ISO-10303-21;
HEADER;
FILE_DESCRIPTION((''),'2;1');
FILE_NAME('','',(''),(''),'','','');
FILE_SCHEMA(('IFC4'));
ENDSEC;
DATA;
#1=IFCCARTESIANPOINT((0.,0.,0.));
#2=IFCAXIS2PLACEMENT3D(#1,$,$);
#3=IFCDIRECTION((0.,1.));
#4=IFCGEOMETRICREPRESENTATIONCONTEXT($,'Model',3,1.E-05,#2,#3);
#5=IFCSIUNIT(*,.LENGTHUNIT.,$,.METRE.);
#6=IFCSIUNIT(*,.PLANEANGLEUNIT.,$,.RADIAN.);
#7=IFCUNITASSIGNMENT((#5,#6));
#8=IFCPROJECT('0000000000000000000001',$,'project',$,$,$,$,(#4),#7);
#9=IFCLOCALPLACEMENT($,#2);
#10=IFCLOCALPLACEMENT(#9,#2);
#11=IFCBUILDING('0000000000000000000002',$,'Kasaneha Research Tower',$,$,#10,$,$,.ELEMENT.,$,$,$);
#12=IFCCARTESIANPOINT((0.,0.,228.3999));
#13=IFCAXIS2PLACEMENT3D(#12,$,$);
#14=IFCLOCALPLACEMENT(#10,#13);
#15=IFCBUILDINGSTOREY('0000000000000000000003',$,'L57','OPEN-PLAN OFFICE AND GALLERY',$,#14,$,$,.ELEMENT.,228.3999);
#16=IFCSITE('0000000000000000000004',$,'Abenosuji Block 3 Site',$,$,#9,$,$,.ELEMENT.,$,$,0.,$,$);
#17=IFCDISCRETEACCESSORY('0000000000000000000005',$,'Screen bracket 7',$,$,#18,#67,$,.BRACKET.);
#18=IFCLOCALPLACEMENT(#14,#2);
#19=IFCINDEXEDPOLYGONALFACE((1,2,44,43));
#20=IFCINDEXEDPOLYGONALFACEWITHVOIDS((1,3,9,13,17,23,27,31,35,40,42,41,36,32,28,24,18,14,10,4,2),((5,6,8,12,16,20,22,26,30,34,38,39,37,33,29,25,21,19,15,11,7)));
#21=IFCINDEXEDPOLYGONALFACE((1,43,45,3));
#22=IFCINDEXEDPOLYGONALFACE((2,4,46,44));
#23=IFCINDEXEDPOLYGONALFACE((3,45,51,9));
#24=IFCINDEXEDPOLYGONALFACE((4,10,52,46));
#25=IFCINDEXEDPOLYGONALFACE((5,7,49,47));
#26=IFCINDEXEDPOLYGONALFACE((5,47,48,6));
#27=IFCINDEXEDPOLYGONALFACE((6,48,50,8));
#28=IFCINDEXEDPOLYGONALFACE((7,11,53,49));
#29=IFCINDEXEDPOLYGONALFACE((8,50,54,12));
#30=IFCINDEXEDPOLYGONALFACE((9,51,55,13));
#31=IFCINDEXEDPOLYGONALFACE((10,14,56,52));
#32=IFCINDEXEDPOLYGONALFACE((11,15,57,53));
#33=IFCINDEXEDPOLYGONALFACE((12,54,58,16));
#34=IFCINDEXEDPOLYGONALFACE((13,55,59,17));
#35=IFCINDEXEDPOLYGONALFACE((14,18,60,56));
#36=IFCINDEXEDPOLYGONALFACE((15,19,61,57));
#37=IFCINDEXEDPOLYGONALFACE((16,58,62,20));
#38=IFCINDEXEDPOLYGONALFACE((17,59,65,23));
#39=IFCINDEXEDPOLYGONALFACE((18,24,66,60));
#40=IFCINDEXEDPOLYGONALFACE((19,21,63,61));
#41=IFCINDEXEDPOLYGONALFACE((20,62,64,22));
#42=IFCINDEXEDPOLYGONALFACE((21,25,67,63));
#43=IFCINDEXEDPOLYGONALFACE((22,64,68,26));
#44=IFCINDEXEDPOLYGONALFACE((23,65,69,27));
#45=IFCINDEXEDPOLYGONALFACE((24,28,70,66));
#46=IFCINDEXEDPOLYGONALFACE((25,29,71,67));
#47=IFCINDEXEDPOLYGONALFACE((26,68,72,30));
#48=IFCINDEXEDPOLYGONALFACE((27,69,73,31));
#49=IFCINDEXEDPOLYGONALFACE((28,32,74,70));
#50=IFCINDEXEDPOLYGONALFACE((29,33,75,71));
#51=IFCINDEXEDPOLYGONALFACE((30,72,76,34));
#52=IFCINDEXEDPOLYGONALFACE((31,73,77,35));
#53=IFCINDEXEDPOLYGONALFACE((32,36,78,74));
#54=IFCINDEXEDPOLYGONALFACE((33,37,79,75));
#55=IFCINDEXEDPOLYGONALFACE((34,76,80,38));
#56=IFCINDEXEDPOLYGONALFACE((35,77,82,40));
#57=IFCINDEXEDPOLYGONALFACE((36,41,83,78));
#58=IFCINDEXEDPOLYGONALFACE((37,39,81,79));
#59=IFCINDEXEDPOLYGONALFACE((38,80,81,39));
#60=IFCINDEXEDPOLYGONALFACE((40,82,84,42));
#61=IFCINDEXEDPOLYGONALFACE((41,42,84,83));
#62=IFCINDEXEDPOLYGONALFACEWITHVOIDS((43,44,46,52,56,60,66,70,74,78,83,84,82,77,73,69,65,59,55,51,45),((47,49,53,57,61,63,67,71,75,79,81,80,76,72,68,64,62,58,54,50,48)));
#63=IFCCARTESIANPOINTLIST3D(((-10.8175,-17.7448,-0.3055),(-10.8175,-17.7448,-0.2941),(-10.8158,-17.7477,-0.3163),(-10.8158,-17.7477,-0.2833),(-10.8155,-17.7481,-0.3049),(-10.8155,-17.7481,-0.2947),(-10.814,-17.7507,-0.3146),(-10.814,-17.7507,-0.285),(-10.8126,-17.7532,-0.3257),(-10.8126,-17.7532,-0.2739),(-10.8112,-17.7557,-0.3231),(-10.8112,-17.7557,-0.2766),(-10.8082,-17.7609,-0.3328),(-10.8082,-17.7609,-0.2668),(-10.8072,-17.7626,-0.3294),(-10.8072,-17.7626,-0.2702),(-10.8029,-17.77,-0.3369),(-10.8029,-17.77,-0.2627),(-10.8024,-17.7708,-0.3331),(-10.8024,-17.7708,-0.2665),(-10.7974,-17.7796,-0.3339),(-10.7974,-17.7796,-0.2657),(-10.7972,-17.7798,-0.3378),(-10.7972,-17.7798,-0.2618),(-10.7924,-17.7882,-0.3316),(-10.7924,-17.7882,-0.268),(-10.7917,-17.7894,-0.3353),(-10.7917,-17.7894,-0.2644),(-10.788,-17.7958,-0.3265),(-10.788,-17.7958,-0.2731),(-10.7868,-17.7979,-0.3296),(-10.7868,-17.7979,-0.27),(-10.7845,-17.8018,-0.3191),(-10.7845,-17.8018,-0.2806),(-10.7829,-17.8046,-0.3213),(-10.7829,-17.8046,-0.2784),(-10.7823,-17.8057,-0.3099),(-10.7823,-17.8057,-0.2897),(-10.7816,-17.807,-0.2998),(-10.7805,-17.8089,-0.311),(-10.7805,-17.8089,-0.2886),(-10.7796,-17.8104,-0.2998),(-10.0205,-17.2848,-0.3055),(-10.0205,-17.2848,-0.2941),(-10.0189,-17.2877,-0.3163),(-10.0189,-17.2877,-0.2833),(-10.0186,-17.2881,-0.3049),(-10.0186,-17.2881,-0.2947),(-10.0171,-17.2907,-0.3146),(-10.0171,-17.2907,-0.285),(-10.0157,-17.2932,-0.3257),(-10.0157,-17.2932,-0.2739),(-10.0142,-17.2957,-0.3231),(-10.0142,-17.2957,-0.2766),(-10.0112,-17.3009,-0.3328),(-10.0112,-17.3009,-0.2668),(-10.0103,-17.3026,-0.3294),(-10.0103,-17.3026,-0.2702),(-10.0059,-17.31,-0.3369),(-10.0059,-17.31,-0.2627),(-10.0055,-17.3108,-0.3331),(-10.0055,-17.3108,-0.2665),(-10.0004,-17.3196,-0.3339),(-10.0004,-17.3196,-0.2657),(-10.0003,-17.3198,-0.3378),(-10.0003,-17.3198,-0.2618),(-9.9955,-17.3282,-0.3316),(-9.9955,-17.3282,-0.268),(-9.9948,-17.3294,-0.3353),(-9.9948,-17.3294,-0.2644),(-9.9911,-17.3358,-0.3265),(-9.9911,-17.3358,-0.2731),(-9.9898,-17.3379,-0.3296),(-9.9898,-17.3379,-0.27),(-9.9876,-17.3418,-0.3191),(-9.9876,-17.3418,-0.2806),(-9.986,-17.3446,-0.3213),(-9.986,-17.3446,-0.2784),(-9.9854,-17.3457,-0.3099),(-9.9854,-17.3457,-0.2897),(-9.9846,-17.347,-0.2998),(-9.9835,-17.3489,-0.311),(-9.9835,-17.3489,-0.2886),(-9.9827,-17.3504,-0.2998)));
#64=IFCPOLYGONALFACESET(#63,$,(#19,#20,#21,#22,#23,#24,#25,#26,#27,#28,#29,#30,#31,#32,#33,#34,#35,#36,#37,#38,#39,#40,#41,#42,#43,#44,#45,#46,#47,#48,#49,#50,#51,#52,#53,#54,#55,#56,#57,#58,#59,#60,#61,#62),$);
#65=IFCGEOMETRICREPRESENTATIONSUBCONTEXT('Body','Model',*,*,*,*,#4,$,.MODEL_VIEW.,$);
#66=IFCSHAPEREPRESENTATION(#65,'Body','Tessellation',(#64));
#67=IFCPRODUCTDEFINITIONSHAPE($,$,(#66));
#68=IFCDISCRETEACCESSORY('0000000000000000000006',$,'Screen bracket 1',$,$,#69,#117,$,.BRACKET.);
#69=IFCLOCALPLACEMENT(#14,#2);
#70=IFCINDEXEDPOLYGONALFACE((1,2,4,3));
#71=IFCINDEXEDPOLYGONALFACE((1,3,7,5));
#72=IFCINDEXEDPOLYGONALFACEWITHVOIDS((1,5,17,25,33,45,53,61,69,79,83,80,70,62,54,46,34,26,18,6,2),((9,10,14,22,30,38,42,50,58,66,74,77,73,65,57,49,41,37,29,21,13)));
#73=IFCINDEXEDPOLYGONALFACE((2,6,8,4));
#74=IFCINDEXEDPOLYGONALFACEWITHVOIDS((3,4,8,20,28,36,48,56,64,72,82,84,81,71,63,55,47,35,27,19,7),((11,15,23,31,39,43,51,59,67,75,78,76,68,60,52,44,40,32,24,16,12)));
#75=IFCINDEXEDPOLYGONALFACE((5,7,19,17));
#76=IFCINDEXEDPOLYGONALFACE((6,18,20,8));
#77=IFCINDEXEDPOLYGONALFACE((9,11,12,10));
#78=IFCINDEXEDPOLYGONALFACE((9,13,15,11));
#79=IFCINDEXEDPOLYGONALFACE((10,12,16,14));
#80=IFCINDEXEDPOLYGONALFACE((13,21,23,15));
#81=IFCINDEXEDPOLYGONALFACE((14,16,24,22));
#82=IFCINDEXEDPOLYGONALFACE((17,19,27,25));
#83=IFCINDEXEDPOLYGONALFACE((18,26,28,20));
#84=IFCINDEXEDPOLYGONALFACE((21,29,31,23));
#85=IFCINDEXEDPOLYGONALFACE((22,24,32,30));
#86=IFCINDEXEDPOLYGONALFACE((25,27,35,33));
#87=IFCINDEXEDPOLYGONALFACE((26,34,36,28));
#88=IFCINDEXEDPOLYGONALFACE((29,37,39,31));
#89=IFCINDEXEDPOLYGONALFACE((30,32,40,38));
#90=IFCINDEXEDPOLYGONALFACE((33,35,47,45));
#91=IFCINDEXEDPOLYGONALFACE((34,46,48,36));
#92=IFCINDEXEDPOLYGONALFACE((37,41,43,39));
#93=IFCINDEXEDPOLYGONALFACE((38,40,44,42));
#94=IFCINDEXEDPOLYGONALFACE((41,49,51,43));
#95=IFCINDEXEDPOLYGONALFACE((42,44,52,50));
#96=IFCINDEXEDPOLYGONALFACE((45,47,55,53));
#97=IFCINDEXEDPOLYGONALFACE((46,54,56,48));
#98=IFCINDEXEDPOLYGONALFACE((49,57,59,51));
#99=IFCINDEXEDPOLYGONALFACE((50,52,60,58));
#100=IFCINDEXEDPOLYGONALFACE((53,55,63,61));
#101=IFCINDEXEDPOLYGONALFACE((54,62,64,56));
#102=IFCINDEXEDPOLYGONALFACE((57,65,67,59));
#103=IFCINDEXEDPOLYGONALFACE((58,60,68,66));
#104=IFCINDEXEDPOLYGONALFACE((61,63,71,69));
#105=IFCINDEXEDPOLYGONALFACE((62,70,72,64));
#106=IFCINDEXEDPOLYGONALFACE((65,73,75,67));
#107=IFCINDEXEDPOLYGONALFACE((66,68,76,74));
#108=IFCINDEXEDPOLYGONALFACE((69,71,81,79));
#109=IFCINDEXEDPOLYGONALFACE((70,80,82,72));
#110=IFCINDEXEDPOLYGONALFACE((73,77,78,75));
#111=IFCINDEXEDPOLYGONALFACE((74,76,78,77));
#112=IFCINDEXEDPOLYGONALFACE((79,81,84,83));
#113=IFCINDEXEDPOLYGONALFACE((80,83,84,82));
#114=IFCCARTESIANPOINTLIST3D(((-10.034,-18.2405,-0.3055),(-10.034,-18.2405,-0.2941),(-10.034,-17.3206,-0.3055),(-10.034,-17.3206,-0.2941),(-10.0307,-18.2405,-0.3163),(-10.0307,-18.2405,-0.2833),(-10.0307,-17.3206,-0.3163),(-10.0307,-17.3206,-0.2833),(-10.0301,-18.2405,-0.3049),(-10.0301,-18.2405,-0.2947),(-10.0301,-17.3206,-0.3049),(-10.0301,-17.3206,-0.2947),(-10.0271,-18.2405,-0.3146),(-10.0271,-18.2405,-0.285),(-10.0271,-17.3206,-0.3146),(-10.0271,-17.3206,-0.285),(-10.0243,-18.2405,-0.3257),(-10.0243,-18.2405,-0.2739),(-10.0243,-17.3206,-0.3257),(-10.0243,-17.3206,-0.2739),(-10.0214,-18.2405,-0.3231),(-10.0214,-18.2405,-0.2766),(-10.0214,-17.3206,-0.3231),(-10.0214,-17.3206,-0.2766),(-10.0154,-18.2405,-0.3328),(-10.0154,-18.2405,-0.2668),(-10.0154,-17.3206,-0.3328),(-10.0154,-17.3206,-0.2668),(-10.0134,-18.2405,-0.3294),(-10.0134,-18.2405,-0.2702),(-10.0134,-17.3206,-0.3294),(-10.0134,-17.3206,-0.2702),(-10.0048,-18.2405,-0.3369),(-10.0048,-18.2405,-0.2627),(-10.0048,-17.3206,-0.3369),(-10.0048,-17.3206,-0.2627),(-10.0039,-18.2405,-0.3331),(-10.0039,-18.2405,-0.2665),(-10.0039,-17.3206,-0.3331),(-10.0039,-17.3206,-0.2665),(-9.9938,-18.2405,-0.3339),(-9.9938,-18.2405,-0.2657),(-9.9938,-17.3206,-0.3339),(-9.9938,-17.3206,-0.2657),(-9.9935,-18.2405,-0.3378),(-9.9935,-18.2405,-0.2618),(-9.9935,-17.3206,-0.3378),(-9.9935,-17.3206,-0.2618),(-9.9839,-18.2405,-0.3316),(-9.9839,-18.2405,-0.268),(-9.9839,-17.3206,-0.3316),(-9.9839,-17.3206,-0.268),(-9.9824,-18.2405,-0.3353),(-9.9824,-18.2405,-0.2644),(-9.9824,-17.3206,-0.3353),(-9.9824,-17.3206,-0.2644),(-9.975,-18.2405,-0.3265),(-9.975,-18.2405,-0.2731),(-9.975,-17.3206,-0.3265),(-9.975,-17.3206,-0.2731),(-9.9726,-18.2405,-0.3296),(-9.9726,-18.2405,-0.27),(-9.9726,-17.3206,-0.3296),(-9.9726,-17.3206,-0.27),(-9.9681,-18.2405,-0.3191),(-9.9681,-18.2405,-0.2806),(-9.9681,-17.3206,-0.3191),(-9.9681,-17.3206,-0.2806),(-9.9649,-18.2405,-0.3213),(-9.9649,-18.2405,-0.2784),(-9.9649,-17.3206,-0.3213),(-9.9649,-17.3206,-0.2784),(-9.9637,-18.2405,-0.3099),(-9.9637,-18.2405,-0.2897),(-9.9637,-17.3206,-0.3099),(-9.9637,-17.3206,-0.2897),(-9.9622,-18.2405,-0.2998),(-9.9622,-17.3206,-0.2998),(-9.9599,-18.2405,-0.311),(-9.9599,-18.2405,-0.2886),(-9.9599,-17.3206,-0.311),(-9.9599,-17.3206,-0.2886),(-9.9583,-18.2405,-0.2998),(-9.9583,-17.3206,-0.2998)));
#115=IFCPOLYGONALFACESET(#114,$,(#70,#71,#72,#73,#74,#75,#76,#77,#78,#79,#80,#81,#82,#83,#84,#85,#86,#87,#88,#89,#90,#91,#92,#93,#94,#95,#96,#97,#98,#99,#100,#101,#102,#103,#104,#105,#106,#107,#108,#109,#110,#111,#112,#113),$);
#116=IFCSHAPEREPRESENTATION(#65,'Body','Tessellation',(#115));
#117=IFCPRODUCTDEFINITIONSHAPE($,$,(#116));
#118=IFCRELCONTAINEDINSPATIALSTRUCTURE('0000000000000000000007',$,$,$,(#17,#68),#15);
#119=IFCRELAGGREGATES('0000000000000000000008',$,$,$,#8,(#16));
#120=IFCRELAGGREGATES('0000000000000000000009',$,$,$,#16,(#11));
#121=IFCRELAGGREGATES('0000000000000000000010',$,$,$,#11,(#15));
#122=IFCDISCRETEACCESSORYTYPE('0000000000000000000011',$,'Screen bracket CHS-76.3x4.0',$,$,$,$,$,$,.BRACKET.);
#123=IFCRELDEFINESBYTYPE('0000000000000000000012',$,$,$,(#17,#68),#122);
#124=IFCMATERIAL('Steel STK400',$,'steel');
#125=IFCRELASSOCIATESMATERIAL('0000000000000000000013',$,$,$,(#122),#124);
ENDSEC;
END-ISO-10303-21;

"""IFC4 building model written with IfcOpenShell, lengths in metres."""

from ifc_helpers import new_model, si_unit, direction, frame, origin, origin_2d, place, context, subcontext, project, spatial, hollow_circle, extrude, material, material_profile, profile_set, type_object, element, save


model = new_model("IFC4")

# Units and contexts
model_context = context("Model", 3, precision=1e-05, world=origin(), true_north=direction((0.0, 1.0)))
body_context = subcontext(model_context, "Body", "Model", "MODEL_VIEW")
ifc_project = project(units=[si_unit("LENGTHUNIT", "METRE"), si_unit("PLANEANGLEUNIT", "RADIAN")], contexts=[model_context])

# Site, building, storey
site_placement = place(None, origin())
site = spatial("IfcSite", under=ifc_project, at=site_placement, Name="Abenosuji Block 3 Site", CompositionType="ELEMENT", RefElevation=0.0)
building_placement = place(site_placement, origin())
building = spatial("IfcBuilding", under=site, at=building_placement, Name="Kasaneha Research Tower", CompositionType="ELEMENT")
storey_placement = place(building_placement, frame((0.0, 0.0, 228.3999)))
storey = spatial("IfcBuildingStorey", under=building, at=storey_placement, Name="L57", Description="OPEN-PLAN OFFICE AND GALLERY", CompositionType="ELEMENT", Elevation=228.3999)

# Discrete accessories
ifc_material_1 = material(Name="Steel STK400", Category="steel")
ifc_material_profile_1 = material_profile(ifc_material_1, hollow_circle(Radius=0.0381, WallThickness=0.0039, at=origin_2d()), Name="CHS-76.3x4.0")
ifc_profile_set_1 = profile_set([ifc_material_profile_1], Name="Steel STK400")
discrete_accessory_type = type_object("IfcDiscreteAccessoryType", Name="Screen bracket CHS-76.3x4.0", PredefinedType="BRACKET", material=ifc_profile_set_1)
discrete_accessory_1_placement = place(storey_placement, frame((-10.0017, -17.3174, -0.2998), z_axis=(-0.86608, -0.499906, 0.0), x_axis=(0.499906, -0.86608, 0.0)))
element("IfcDiscreteAccessory", 1, at=discrete_accessory_1_placement, inside=storey, type_object=discrete_accessory_type, Name="Screen bracket 7", PredefinedType="BRACKET", context=body_context, shape_type="SweptSolid", body=[
    extrude(hollow_circle(Radius=0.0381, WallThickness=0.0039, at=origin_2d()), origin(), (0.0, 0.0, 1.0), 0.9202),
])
discrete_accessory_2_placement = place(storey_placement, frame((-9.9963, -17.3206, -0.2998), z_axis=(0.0, -1.0, 0.0), x_axis=(1.0, 0.0, 0.0)))
element("IfcDiscreteAccessory", 2, at=discrete_accessory_2_placement, inside=storey, type_object=discrete_accessory_type, Name="Screen bracket 1", PredefinedType="BRACKET", context=body_context, shape_type="SweptSolid", body=[
    extrude(hollow_circle(Radius=0.0381, WallThickness=0.0039, at=origin_2d()), origin(), (0.0, 0.0, 1.0), 0.9199),
])

save(model, "model.ifc")
